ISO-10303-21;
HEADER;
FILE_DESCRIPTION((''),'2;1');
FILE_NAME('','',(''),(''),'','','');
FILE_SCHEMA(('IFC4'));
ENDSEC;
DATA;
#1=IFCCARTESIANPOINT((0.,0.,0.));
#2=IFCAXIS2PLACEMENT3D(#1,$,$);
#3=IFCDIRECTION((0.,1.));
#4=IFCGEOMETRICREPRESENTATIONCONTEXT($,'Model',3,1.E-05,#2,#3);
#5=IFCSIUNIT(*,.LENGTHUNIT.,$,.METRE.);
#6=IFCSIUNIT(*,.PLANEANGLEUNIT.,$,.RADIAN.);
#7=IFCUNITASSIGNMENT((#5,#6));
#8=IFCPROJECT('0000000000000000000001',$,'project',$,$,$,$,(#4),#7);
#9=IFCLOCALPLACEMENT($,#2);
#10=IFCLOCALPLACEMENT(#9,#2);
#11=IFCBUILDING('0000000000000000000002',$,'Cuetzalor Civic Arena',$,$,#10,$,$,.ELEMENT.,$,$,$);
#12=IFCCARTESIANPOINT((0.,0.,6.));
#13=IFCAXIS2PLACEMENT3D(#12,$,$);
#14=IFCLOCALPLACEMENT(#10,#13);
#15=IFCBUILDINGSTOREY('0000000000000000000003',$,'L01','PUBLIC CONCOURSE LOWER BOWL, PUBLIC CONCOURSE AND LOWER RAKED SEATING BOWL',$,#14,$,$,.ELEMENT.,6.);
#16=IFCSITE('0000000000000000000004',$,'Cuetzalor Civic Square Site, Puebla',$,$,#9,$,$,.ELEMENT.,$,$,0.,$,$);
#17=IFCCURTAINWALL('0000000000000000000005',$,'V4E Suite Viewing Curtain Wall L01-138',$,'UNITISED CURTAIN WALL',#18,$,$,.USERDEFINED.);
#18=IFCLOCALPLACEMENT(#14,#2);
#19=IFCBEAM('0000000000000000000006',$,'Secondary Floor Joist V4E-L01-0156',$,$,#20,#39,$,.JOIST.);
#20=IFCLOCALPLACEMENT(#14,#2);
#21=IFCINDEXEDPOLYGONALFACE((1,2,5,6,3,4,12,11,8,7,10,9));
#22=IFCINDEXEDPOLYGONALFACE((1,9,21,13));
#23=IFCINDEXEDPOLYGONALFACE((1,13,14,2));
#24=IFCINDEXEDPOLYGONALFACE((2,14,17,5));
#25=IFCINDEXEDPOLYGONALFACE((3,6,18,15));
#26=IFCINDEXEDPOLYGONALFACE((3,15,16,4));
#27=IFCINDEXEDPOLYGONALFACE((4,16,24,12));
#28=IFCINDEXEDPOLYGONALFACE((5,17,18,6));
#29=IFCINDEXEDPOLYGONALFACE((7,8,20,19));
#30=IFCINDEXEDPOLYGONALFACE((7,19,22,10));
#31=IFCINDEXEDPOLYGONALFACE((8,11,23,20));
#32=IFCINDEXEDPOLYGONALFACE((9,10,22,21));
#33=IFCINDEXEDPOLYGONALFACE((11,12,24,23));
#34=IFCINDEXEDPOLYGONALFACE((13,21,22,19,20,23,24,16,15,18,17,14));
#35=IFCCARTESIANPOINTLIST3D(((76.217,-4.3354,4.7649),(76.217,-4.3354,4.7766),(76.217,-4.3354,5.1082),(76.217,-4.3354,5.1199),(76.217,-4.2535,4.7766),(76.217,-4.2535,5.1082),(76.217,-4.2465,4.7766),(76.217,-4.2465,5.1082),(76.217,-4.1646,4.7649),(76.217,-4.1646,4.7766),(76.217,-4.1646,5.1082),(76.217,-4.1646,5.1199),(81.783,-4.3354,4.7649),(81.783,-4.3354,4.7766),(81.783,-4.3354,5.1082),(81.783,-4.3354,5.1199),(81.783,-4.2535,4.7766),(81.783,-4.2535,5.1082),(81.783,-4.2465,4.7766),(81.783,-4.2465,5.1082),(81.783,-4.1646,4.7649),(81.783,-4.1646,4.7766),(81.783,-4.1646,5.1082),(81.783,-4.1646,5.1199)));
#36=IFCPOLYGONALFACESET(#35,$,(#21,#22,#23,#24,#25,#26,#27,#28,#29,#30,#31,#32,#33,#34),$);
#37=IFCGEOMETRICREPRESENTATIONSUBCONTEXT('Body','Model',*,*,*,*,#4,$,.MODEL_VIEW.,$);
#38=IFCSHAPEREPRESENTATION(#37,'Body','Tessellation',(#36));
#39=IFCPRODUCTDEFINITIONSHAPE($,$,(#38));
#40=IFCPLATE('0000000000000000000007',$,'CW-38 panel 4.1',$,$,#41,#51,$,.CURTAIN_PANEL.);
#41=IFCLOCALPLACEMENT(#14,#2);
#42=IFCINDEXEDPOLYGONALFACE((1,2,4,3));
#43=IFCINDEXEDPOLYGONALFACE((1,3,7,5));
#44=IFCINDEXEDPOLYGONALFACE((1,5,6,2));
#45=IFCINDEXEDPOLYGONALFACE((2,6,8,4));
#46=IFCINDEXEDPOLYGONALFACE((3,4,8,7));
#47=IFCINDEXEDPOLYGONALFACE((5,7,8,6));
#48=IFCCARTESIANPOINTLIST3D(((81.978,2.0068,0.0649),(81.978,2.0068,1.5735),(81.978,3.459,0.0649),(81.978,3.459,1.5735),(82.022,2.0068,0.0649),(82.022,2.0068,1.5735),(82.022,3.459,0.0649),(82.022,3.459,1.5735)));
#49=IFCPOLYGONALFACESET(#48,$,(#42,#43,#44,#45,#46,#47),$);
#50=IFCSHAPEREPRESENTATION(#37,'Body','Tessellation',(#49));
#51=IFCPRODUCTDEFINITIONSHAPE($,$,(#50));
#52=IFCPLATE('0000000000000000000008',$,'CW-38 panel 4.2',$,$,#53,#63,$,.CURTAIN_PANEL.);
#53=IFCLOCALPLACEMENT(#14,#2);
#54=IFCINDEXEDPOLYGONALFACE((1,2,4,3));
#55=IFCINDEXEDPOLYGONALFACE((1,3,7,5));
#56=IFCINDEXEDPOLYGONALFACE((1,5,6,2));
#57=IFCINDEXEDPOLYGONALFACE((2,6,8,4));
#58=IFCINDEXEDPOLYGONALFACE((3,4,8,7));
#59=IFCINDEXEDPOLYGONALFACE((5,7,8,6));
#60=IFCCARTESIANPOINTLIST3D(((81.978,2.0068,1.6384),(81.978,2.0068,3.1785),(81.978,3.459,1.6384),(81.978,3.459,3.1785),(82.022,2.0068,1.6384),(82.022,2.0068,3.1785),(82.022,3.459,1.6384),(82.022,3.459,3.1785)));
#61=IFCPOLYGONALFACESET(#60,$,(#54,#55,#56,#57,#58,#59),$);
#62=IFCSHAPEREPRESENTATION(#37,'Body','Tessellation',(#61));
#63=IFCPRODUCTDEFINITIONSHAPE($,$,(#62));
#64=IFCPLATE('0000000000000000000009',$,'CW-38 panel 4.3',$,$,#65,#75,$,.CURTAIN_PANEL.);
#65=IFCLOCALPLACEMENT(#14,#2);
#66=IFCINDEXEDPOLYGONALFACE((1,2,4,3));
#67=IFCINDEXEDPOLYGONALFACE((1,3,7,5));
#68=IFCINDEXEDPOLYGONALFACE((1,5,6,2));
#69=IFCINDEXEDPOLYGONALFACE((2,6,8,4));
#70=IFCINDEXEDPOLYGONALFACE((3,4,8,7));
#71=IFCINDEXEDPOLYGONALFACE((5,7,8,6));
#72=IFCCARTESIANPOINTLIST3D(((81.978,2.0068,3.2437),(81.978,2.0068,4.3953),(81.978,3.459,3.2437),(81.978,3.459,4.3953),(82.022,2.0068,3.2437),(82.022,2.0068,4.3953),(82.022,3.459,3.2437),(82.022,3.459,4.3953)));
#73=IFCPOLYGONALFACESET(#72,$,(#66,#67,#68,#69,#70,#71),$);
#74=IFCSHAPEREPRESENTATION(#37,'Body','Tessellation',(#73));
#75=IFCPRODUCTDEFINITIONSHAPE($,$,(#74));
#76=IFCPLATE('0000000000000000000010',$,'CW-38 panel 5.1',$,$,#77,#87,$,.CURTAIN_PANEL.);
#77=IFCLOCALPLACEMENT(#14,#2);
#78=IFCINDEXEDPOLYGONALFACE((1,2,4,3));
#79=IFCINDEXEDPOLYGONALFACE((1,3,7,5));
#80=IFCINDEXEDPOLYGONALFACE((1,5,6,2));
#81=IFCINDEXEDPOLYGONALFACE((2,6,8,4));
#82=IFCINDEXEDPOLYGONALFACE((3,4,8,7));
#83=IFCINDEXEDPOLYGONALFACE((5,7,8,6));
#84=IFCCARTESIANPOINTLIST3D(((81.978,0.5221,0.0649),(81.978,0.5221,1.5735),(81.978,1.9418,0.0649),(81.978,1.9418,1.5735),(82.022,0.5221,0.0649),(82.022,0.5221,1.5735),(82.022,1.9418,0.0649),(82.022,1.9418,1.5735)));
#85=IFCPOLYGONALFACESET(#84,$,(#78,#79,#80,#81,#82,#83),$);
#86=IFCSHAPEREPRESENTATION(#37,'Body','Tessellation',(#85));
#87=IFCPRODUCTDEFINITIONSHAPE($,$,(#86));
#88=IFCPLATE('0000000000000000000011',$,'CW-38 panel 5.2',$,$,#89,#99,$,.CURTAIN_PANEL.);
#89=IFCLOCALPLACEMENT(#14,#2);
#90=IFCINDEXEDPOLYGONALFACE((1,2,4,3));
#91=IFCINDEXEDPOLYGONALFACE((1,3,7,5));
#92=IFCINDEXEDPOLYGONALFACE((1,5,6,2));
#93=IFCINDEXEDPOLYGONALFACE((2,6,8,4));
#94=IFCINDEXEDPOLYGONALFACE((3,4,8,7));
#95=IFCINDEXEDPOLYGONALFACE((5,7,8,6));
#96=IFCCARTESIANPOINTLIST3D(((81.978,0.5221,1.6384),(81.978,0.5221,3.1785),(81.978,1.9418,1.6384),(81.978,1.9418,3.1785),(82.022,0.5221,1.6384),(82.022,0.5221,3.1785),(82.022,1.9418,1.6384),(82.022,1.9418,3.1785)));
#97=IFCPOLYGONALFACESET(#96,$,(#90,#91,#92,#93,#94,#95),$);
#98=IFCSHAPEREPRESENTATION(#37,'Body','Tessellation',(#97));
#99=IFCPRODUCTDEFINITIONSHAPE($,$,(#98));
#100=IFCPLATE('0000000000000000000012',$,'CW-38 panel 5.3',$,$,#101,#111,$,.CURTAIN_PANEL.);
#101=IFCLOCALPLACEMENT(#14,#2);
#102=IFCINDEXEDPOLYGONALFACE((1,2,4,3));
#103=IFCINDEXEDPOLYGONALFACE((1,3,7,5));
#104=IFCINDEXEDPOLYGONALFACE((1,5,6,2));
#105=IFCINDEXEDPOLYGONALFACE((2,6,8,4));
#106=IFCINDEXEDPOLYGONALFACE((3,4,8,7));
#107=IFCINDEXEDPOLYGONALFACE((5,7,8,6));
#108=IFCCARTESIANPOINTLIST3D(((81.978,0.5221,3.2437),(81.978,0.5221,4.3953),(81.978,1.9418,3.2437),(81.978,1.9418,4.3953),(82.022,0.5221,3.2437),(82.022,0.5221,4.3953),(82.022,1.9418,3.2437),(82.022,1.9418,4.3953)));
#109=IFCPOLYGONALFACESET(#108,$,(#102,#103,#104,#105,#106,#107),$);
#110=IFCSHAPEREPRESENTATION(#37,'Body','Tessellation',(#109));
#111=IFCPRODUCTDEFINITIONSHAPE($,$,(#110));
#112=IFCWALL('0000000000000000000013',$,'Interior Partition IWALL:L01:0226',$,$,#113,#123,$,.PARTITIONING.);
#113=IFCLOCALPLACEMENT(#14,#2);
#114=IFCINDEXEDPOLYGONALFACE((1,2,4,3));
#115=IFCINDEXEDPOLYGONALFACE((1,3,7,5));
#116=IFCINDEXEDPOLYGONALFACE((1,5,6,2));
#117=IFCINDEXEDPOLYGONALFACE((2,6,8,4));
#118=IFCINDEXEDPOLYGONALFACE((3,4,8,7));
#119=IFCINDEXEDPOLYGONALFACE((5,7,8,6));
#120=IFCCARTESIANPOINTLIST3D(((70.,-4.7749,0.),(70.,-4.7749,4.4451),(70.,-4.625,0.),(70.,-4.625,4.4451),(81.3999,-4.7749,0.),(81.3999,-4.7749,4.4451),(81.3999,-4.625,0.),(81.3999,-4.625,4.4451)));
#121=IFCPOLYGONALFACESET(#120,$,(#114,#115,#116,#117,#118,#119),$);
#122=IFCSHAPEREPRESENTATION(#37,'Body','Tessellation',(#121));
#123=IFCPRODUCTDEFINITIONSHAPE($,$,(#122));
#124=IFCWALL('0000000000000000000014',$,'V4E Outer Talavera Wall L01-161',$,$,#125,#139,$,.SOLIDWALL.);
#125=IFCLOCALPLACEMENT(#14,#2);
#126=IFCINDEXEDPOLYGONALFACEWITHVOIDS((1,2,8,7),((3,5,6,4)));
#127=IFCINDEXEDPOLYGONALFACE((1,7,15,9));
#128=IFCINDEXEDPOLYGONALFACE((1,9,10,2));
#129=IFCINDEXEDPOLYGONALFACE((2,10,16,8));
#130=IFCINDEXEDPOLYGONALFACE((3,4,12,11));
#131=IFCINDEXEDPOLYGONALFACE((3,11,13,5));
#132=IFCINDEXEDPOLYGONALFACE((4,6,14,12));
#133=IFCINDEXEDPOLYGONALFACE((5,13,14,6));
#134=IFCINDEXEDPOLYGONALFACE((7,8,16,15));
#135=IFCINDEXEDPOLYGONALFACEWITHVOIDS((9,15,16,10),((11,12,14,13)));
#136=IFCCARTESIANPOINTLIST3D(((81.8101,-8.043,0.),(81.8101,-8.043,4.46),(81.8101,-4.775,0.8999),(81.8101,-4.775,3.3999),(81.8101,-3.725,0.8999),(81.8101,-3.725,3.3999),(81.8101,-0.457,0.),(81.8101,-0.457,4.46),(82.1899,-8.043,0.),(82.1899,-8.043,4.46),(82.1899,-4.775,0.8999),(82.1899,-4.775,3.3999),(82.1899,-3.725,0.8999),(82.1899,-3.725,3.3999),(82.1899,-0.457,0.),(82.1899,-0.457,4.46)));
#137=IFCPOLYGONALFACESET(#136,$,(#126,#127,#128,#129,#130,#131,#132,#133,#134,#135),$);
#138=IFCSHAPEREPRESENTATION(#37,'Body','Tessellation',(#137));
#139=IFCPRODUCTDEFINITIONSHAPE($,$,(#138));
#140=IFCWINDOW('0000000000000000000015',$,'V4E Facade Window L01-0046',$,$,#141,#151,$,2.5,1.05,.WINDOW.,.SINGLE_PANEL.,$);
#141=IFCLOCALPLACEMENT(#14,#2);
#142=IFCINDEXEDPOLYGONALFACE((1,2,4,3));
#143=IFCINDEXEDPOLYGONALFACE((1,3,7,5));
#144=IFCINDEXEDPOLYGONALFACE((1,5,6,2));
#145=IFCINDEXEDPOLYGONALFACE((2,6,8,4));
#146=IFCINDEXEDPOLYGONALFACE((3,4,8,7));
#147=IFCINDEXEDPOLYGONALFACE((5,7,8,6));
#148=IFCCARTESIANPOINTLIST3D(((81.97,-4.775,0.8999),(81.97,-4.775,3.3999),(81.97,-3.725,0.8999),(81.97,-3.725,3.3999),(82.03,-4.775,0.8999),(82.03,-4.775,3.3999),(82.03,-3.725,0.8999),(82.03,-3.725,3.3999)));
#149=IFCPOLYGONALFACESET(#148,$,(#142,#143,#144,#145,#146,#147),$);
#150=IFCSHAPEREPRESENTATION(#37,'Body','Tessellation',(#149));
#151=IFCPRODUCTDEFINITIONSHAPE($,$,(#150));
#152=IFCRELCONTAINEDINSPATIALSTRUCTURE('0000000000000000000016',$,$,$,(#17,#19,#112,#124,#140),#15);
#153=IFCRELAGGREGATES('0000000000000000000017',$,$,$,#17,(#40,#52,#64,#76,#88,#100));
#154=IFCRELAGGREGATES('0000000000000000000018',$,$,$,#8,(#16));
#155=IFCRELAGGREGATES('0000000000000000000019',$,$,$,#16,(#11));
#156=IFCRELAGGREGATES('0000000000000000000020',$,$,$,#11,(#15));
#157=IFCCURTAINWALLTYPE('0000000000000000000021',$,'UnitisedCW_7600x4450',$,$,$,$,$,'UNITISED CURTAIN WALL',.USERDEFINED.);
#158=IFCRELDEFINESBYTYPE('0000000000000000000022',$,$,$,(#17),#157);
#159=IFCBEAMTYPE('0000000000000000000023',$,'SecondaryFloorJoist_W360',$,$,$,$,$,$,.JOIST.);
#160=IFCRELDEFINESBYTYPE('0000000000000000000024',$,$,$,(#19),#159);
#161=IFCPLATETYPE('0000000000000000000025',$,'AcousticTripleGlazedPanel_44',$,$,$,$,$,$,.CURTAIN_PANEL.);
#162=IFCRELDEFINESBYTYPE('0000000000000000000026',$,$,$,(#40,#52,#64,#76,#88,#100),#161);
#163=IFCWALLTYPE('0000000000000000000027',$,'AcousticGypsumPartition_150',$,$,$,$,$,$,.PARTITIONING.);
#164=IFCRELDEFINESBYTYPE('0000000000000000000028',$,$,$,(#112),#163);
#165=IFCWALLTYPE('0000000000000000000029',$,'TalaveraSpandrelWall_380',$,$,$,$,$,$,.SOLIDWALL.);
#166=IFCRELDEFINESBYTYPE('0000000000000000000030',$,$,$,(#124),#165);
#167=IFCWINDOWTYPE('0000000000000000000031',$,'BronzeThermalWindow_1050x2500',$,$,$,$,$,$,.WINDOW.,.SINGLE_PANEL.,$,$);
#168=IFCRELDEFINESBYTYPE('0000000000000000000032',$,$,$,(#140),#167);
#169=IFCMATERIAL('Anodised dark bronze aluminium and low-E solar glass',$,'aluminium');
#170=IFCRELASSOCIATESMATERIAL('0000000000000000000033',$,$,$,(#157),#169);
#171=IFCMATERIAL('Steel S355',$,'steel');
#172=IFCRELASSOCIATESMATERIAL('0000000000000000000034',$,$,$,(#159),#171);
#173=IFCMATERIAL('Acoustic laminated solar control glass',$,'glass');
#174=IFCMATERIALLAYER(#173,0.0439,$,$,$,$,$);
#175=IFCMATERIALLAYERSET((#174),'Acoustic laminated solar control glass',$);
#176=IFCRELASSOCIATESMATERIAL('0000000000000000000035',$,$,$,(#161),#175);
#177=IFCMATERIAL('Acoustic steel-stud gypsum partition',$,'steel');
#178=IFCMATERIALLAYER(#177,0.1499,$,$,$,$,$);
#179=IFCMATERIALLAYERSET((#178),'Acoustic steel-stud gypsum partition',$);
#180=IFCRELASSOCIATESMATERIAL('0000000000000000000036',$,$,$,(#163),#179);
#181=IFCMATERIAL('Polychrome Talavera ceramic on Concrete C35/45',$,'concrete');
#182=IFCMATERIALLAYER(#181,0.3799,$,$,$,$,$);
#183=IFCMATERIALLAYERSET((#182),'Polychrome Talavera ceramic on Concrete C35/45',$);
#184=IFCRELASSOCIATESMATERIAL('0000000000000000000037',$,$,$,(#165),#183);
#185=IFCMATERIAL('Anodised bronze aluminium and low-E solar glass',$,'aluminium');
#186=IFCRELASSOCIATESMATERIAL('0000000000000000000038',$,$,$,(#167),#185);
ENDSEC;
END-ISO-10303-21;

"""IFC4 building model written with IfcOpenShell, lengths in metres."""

from ifc_helpers import new_model, si_unit, direction, frame, frame_2d, origin, origin_2d, place, context, subcontext, project, spatial, rectangle, i_section, extrude, material, layer, layer_set, material_profile, profile_set, type_object, element, fill, aggregate, save


model = new_model("IFC4")

# Units and contexts
model_context = context("Model", 3, precision=1e-05, world=origin(), true_north=direction((0.0, 1.0)))
body_context = subcontext(model_context, "Body", "Model", "MODEL_VIEW")
ifc_project = project(units=[si_unit("LENGTHUNIT", "METRE"), si_unit("PLANEANGLEUNIT", "RADIAN")], contexts=[model_context])

# Site, building, storey
site_placement = place(None, origin())
site = spatial("IfcSite", under=ifc_project, at=site_placement, Name="Cuetzalor Civic Square Site, Puebla", CompositionType="ELEMENT", RefElevation=0.0)
building_placement = place(site_placement, origin())
building = spatial("IfcBuilding", under=site, at=building_placement, Name="Cuetzalor Civic Arena", CompositionType="ELEMENT")
storey_placement = place(building_placement, frame((0.0, 0.0, 6.0)))
storey = spatial("IfcBuildingStorey", under=building, at=storey_placement, Name="L01", Description="PUBLIC CONCOURSE LOWER BOWL, PUBLIC CONCOURSE AND LOWER RAKED SEATING BOWL", CompositionType="ELEMENT", Elevation=6.0)

# Curtain wall
ifc_material_1 = material(Name="Anodised dark bronze aluminium and low-E solar glass", Category="aluminium")
curtain_wall_type = type_object("IfcCurtainWallType", Name="UnitisedCW_7600x4450", ElementType="UNITISED CURTAIN WALL", PredefinedType="USERDEFINED", material=ifc_material_1)
curtain_wall_placement = place(storey_placement, origin())
curtain_wall = element("IfcCurtainWall", 1, at=curtain_wall_placement, inside=storey, type_object=curtain_wall_type, Name="V4E Suite Viewing Curtain Wall L01-138", ObjectType="UNITISED CURTAIN WALL", PredefinedType="USERDEFINED")

# Beam
ifc_material_2 = material(Name="Steel S355", Category="steel")
ifc_material_profile_1 = material_profile(ifc_material_2, i_section(OverallWidth=0.1709, OverallDepth=0.355, WebThickness=0.0071, FlangeThickness=0.0117, at=origin_2d()), Name="W360x51")
ifc_profile_set_1 = profile_set([ifc_material_profile_1], Name="Steel S355")
beam_type_1 = type_object("IfcBeamType", Name="SecondaryFloorJoist_W360", PredefinedType="JOIST", material=ifc_profile_set_1)
beam_1_placement = place(storey_placement, frame((76.217, -4.25, 4.9424), z_axis=(1.0, 0.0, 0.0), x_axis=(0.0, 1.0, 0.0)))
element("IfcBeam", 2, at=beam_1_placement, inside=storey, type_object=beam_type_1, Name="Secondary Floor Joist V4E-L01-0156", PredefinedType="JOIST", context=body_context, shape_type="SweptSolid", body=[
    extrude(i_section(OverallWidth=0.1709, OverallDepth=0.355, WebThickness=0.0071, FlangeThickness=0.0117, at=origin_2d()), origin(), (0.0, 0.0, 1.0), 5.5659),
])

# Plates
ifc_material_3 = material(Name="Acoustic laminated solar control glass", Category="glass")
ifc_layer_1 = layer(ifc_material_3, 0.0439)
ifc_layer_set_1 = layer_set([ifc_layer_1], Name="Acoustic laminated solar control glass")
plate_type = type_object("IfcPlateType", Name="AcousticTripleGlazedPanel_44", PredefinedType="CURTAIN_PANEL", material=ifc_layer_set_1)
plate_1_placement = place(storey_placement, frame((82.0, 2.7329, 0.0649), z_axis=(0.0, 0.0, 1.0), x_axis=(0.0, -1.0, 0.0)))
plate_1 = element("IfcPlate", 3, at=plate_1_placement, type_object=plate_type, Name="CW-38 panel 4.1", PredefinedType="CURTAIN_PANEL", context=body_context, shape_type="SweptSolid", body=[
    extrude(rectangle(XDim=1.4521, YDim=0.0439, at=origin_2d()), origin(), (0.0, 0.0, 1.0), 1.5085),
])
plate_2_placement = place(storey_placement, frame((82.0, 2.7329, 1.6384), z_axis=(0.0, 0.0, 1.0), x_axis=(0.0, -1.0, 0.0)))
plate_2 = element("IfcPlate", 4, at=plate_2_placement, type_object=plate_type, Name="CW-38 panel 4.2", PredefinedType="CURTAIN_PANEL", context=body_context, shape_type="SweptSolid", body=[
    extrude(rectangle(XDim=1.4521, YDim=0.0439, at=origin_2d()), origin(), (0.0, 0.0, 1.0), 1.54),
])
plate_3_placement = place(storey_placement, frame((82.0, 2.7329, 3.2437), z_axis=(0.0, 0.0, 1.0), x_axis=(0.0, -1.0, 0.0)))
plate_3 = element("IfcPlate", 5, at=plate_3_placement, type_object=plate_type, Name="CW-38 panel 4.3", PredefinedType="CURTAIN_PANEL", context=body_context, shape_type="SweptSolid", body=[
    extrude(rectangle(XDim=1.4521, YDim=0.0439, at=origin_2d()), origin(), (0.0, 0.0, 1.0), 1.1516),
])
plate_4_placement = place(storey_placement, frame((82.0, 1.2319, 0.0649), z_axis=(0.0, 0.0, 1.0), x_axis=(0.0, -1.0, 0.0)))
plate_4 = element("IfcPlate", 6, at=plate_4_placement, type_object=plate_type, Name="CW-38 panel 5.1", PredefinedType="CURTAIN_PANEL", context=body_context, shape_type="SweptSolid", body=[
    extrude(rectangle(XDim=1.4197, YDim=0.0439, at=origin_2d()), origin(), (0.0, 0.0, 1.0), 1.5085),
])
plate_5_placement = place(storey_placement, frame((82.0, 1.2319, 1.6384), z_axis=(0.0, 0.0, 1.0), x_axis=(0.0, -1.0, 0.0)))
plate_5 = element("IfcPlate", 7, at=plate_5_placement, type_object=plate_type, Name="CW-38 panel 5.2", PredefinedType="CURTAIN_PANEL", context=body_context, shape_type="SweptSolid", body=[
    extrude(rectangle(XDim=1.4197, YDim=0.0439, at=origin_2d()), origin(), (0.0, 0.0, 1.0), 1.54),
])
plate_6_placement = place(storey_placement, frame((82.0, 1.2319, 3.2437), z_axis=(0.0, 0.0, 1.0), x_axis=(0.0, -1.0, 0.0)))
plate_6 = element("IfcPlate", 8, at=plate_6_placement, type_object=plate_type, Name="CW-38 panel 5.3", PredefinedType="CURTAIN_PANEL", context=body_context, shape_type="SweptSolid", body=[
    extrude(rectangle(XDim=1.4197, YDim=0.0439, at=origin_2d()), origin(), (0.0, 0.0, 1.0), 1.1516),
])
aggregate(curtain_wall, [plate_1, plate_2, plate_3, plate_4, plate_5, plate_6])

# Wall
ifc_material_4 = material(Name="Acoustic steel-stud gypsum partition", Category="steel")
ifc_layer_2 = layer(ifc_material_4, 0.1499)
ifc_layer_set_2 = layer_set([ifc_layer_2], Name="Acoustic steel-stud gypsum partition")
wall_type_1 = type_object("IfcWallType", Name="AcousticGypsumPartition_150", PredefinedType="PARTITIONING", material=ifc_layer_set_2)
wall_1_placement = place(storey_placement, frame((81.3999, -4.7, 0.0), z_axis=(0.0, 0.0, 1.0), x_axis=(-1.0, 0.0, 0.0)))
element("IfcWall", 9, at=wall_1_placement, inside=storey, type_object=wall_type_1, Name="Interior Partition IWALL:L01:0226", PredefinedType="PARTITIONING", context=body_context, shape_type="SweptSolid", body=[
    extrude(rectangle(XDim=11.3999, YDim=0.1499, at=frame_2d((5.7, 0.0))), origin(), (0.0, 0.0, 1.0), 4.4451),
])

# Wall, opening, window
ifc_material_5 = material(Name="Polychrome Talavera ceramic on Concrete C35/45", Category="concrete")
ifc_layer_3 = layer(ifc_material_5, 0.3799)
ifc_layer_set_3 = layer_set([ifc_layer_3], Name="Polychrome Talavera ceramic on Concrete C35/45")
wall_type_2 = type_object("IfcWallType", Name="TalaveraSpandrelWall_380", PredefinedType="SOLIDWALL", material=ifc_layer_set_3)
wall_2_placement = place(storey_placement, frame((82.0, -0.457, 0.0), z_axis=(0.0, 0.0, 1.0), x_axis=(0.0, -1.0, 0.0)))
wall_2 = element("IfcWall", 10, at=wall_2_placement, inside=storey, type_object=wall_type_2, Name="V4E Outer Talavera Wall L01-161", PredefinedType="SOLIDWALL", context=body_context, shape_type="SweptSolid", body=[
    extrude(rectangle(XDim=7.5859, YDim=0.3799, at=frame_2d((3.793, 0.0))), origin(), (0.0, 0.0, 1.0), 4.46),
])
opening_placement = place(wall_2_placement, frame((3.2681, 0.0, 0.8999)))
opening = element("IfcOpeningElement", 11, at=opening_placement, cuts=wall_2, PredefinedType="OPENING", context=body_context, shape_type="SweptSolid", body=[
    extrude(rectangle(XDim=1.05, YDim=2.5, at=frame_2d((0.5249, 1.25))), frame((0.0, 0.2, 0.0), z_axis=(0.0, -1.0, 0.0), x_axis=(1.0, 0.0, 0.0)), (0.0, 0.0, 1.0), 0.3999),
])
ifc_material_6 = material(Name="Anodised bronze aluminium and low-E solar glass", Category="aluminium")
window_type = type_object("IfcWindowType", Name="BronzeThermalWindow_1050x2500", PartitioningType="SINGLE_PANEL", PredefinedType="WINDOW", material=ifc_material_6)
window_placement = place(opening_placement, origin())
window = element("IfcWindow", 12, at=window_placement, inside=storey, type_object=window_type, Name="V4E Facade Window L01-0046", OverallHeight=2.5, OverallWidth=1.05, PartitioningType="SINGLE_PANEL", PredefinedType="WINDOW", context=body_context, shape_type="SweptSolid", body=[
    extrude(rectangle(XDim=1.05, YDim=2.5, at=frame_2d((0.5249, 1.25))), frame((0.0, 0.03, 0.0), z_axis=(0.0, -1.0, 0.0), x_axis=(1.0, 0.0, 0.0)), (0.0, 0.0, 1.0), 0.0601),
])
fill(opening, window)

save(model, "model.ifc")
